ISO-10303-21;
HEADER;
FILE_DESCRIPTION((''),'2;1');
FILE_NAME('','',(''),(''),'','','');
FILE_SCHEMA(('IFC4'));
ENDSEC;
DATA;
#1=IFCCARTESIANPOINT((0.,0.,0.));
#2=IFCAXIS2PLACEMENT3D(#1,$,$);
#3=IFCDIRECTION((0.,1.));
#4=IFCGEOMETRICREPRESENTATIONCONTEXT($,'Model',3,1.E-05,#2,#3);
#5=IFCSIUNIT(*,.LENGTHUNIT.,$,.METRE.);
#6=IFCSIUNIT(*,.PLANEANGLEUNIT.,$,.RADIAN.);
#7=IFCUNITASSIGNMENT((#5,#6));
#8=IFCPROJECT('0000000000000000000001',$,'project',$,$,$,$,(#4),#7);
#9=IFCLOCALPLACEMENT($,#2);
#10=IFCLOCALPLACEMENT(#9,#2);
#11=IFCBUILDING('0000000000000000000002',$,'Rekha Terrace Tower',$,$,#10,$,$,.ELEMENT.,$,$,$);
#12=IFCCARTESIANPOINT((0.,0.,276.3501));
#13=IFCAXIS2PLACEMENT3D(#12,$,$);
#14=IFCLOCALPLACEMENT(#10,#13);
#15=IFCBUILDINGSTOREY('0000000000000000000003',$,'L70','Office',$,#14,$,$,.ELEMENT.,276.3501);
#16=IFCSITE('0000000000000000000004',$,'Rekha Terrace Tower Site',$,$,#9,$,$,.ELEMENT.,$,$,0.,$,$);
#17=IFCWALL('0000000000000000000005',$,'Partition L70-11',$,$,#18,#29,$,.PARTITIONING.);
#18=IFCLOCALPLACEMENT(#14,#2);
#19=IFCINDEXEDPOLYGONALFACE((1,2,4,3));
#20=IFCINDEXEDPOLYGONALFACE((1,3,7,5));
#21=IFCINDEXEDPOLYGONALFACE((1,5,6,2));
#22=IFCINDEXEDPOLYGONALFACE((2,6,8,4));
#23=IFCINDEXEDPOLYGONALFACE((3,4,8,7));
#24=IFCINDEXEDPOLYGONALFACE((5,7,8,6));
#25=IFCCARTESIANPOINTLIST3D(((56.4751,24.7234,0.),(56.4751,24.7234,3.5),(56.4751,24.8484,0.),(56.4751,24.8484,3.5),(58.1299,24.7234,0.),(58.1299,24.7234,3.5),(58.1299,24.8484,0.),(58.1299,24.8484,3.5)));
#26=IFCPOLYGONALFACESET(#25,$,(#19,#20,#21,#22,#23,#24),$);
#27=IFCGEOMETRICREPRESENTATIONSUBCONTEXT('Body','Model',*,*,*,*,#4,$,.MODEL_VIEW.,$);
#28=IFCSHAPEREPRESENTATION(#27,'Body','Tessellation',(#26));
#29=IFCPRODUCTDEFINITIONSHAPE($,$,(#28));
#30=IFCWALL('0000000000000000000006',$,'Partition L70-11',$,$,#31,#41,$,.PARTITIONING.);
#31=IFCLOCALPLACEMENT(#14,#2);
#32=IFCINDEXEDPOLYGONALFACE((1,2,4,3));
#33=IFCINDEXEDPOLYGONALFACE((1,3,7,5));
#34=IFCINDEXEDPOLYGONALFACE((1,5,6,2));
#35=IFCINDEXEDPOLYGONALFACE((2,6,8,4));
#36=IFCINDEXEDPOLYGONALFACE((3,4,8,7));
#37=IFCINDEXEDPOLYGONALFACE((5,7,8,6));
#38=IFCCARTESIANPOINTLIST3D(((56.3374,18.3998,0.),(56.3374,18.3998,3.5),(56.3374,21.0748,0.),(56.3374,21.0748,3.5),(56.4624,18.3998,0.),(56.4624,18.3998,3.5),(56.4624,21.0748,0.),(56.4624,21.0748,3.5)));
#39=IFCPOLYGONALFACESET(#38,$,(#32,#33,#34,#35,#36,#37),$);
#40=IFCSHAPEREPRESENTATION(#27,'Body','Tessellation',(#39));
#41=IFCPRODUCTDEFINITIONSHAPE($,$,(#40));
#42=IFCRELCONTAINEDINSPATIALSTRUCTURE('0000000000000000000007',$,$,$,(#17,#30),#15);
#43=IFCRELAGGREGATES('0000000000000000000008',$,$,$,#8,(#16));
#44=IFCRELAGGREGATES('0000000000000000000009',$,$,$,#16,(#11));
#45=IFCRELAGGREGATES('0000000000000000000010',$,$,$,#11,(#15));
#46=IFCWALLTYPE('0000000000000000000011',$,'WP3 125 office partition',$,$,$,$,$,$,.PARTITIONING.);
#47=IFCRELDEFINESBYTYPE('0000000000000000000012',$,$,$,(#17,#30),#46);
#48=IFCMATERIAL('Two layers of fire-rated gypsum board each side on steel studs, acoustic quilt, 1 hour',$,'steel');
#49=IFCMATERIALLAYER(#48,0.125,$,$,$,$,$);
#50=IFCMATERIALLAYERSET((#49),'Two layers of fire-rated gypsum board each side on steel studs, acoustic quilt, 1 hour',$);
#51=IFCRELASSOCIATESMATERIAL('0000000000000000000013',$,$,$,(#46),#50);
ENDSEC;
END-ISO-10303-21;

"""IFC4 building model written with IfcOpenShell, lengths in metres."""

from ifc_helpers import new_model, si_unit, direction, frame, frame_2d, origin, place, context, subcontext, project, spatial, rectangle, extrude, material, layer, layer_set, type_object, element, save


model = new_model("IFC4")

# Units and contexts
model_context = context("Model", 3, precision=1e-05, world=origin(), true_north=direction((0.0, 1.0)))
body_context = subcontext(model_context, "Body", "Model", "MODEL_VIEW")
ifc_project = project(units=[si_unit("LENGTHUNIT", "METRE"), si_unit("PLANEANGLEUNIT", "RADIAN")], contexts=[model_context])

# Site, building, storey
site_placement = place(None, origin())
site = spatial("IfcSite", under=ifc_project, at=site_placement, Name="Rekha Terrace Tower Site", CompositionType="ELEMENT", RefElevation=0.0)
building_placement = place(site_placement, origin())
building = spatial("IfcBuilding", under=site, at=building_placement, Name="Rekha Terrace Tower", CompositionType="ELEMENT")
storey_placement = place(building_placement, frame((0.0, 0.0, 276.3501)))
storey = spatial("IfcBuildingStorey", under=building, at=storey_placement, Name="L70", Description="Office", CompositionType="ELEMENT", Elevation=276.3501)

# Walls
ifc_material_1 = material(Name="Two layers of fire-rated gypsum board each side on steel studs, acoustic quilt, 1 hour", Category="steel")
ifc_layer_1 = layer(ifc_material_1, 0.125)
ifc_layer_set_1 = layer_set([ifc_layer_1], Name="Two layers of fire-rated gypsum board each side on steel studs, acoustic quilt, 1 hour")
wall_type_1 = type_object("IfcWallType", Name="WP3 125 office partition", PredefinedType="PARTITIONING", material=ifc_layer_set_1)
wall_1_placement = place(storey_placement, frame((56.4751, 24.7859, 0.0), z_axis=(0.0, 0.0, 1.0), x_axis=(1.0, 0.0, 0.0)))
element("IfcWall", 1, at=wall_1_placement, inside=storey, type_object=wall_type_1, Name="Partition L70-11", PredefinedType="PARTITIONING", context=body_context, shape_type="SweptSolid", body=[
    extrude(rectangle(XDim=1.6548, YDim=0.125, at=frame_2d((0.8274, 0.0))), origin(), (0.0, 0.0, 1.0), 3.5),
])
wall_2_placement = place(storey_placement, frame((56.3999, 18.3999, 0.0), z_axis=(0.0, 0.0, 1.0), x_axis=(0.0, 1.0, 0.0)))
element("IfcWall", 2, at=wall_2_placement, inside=storey, type_object=wall_type_1, Name="Partition L70-11", PredefinedType="PARTITIONING", context=body_context, shape_type="SweptSolid", body=[
    extrude(rectangle(XDim=2.675, YDim=0.125, at=frame_2d((1.3374, 0.0))), origin(), (0.0, 0.0, 1.0), 3.5),
])

save(model, "model.ifc")
